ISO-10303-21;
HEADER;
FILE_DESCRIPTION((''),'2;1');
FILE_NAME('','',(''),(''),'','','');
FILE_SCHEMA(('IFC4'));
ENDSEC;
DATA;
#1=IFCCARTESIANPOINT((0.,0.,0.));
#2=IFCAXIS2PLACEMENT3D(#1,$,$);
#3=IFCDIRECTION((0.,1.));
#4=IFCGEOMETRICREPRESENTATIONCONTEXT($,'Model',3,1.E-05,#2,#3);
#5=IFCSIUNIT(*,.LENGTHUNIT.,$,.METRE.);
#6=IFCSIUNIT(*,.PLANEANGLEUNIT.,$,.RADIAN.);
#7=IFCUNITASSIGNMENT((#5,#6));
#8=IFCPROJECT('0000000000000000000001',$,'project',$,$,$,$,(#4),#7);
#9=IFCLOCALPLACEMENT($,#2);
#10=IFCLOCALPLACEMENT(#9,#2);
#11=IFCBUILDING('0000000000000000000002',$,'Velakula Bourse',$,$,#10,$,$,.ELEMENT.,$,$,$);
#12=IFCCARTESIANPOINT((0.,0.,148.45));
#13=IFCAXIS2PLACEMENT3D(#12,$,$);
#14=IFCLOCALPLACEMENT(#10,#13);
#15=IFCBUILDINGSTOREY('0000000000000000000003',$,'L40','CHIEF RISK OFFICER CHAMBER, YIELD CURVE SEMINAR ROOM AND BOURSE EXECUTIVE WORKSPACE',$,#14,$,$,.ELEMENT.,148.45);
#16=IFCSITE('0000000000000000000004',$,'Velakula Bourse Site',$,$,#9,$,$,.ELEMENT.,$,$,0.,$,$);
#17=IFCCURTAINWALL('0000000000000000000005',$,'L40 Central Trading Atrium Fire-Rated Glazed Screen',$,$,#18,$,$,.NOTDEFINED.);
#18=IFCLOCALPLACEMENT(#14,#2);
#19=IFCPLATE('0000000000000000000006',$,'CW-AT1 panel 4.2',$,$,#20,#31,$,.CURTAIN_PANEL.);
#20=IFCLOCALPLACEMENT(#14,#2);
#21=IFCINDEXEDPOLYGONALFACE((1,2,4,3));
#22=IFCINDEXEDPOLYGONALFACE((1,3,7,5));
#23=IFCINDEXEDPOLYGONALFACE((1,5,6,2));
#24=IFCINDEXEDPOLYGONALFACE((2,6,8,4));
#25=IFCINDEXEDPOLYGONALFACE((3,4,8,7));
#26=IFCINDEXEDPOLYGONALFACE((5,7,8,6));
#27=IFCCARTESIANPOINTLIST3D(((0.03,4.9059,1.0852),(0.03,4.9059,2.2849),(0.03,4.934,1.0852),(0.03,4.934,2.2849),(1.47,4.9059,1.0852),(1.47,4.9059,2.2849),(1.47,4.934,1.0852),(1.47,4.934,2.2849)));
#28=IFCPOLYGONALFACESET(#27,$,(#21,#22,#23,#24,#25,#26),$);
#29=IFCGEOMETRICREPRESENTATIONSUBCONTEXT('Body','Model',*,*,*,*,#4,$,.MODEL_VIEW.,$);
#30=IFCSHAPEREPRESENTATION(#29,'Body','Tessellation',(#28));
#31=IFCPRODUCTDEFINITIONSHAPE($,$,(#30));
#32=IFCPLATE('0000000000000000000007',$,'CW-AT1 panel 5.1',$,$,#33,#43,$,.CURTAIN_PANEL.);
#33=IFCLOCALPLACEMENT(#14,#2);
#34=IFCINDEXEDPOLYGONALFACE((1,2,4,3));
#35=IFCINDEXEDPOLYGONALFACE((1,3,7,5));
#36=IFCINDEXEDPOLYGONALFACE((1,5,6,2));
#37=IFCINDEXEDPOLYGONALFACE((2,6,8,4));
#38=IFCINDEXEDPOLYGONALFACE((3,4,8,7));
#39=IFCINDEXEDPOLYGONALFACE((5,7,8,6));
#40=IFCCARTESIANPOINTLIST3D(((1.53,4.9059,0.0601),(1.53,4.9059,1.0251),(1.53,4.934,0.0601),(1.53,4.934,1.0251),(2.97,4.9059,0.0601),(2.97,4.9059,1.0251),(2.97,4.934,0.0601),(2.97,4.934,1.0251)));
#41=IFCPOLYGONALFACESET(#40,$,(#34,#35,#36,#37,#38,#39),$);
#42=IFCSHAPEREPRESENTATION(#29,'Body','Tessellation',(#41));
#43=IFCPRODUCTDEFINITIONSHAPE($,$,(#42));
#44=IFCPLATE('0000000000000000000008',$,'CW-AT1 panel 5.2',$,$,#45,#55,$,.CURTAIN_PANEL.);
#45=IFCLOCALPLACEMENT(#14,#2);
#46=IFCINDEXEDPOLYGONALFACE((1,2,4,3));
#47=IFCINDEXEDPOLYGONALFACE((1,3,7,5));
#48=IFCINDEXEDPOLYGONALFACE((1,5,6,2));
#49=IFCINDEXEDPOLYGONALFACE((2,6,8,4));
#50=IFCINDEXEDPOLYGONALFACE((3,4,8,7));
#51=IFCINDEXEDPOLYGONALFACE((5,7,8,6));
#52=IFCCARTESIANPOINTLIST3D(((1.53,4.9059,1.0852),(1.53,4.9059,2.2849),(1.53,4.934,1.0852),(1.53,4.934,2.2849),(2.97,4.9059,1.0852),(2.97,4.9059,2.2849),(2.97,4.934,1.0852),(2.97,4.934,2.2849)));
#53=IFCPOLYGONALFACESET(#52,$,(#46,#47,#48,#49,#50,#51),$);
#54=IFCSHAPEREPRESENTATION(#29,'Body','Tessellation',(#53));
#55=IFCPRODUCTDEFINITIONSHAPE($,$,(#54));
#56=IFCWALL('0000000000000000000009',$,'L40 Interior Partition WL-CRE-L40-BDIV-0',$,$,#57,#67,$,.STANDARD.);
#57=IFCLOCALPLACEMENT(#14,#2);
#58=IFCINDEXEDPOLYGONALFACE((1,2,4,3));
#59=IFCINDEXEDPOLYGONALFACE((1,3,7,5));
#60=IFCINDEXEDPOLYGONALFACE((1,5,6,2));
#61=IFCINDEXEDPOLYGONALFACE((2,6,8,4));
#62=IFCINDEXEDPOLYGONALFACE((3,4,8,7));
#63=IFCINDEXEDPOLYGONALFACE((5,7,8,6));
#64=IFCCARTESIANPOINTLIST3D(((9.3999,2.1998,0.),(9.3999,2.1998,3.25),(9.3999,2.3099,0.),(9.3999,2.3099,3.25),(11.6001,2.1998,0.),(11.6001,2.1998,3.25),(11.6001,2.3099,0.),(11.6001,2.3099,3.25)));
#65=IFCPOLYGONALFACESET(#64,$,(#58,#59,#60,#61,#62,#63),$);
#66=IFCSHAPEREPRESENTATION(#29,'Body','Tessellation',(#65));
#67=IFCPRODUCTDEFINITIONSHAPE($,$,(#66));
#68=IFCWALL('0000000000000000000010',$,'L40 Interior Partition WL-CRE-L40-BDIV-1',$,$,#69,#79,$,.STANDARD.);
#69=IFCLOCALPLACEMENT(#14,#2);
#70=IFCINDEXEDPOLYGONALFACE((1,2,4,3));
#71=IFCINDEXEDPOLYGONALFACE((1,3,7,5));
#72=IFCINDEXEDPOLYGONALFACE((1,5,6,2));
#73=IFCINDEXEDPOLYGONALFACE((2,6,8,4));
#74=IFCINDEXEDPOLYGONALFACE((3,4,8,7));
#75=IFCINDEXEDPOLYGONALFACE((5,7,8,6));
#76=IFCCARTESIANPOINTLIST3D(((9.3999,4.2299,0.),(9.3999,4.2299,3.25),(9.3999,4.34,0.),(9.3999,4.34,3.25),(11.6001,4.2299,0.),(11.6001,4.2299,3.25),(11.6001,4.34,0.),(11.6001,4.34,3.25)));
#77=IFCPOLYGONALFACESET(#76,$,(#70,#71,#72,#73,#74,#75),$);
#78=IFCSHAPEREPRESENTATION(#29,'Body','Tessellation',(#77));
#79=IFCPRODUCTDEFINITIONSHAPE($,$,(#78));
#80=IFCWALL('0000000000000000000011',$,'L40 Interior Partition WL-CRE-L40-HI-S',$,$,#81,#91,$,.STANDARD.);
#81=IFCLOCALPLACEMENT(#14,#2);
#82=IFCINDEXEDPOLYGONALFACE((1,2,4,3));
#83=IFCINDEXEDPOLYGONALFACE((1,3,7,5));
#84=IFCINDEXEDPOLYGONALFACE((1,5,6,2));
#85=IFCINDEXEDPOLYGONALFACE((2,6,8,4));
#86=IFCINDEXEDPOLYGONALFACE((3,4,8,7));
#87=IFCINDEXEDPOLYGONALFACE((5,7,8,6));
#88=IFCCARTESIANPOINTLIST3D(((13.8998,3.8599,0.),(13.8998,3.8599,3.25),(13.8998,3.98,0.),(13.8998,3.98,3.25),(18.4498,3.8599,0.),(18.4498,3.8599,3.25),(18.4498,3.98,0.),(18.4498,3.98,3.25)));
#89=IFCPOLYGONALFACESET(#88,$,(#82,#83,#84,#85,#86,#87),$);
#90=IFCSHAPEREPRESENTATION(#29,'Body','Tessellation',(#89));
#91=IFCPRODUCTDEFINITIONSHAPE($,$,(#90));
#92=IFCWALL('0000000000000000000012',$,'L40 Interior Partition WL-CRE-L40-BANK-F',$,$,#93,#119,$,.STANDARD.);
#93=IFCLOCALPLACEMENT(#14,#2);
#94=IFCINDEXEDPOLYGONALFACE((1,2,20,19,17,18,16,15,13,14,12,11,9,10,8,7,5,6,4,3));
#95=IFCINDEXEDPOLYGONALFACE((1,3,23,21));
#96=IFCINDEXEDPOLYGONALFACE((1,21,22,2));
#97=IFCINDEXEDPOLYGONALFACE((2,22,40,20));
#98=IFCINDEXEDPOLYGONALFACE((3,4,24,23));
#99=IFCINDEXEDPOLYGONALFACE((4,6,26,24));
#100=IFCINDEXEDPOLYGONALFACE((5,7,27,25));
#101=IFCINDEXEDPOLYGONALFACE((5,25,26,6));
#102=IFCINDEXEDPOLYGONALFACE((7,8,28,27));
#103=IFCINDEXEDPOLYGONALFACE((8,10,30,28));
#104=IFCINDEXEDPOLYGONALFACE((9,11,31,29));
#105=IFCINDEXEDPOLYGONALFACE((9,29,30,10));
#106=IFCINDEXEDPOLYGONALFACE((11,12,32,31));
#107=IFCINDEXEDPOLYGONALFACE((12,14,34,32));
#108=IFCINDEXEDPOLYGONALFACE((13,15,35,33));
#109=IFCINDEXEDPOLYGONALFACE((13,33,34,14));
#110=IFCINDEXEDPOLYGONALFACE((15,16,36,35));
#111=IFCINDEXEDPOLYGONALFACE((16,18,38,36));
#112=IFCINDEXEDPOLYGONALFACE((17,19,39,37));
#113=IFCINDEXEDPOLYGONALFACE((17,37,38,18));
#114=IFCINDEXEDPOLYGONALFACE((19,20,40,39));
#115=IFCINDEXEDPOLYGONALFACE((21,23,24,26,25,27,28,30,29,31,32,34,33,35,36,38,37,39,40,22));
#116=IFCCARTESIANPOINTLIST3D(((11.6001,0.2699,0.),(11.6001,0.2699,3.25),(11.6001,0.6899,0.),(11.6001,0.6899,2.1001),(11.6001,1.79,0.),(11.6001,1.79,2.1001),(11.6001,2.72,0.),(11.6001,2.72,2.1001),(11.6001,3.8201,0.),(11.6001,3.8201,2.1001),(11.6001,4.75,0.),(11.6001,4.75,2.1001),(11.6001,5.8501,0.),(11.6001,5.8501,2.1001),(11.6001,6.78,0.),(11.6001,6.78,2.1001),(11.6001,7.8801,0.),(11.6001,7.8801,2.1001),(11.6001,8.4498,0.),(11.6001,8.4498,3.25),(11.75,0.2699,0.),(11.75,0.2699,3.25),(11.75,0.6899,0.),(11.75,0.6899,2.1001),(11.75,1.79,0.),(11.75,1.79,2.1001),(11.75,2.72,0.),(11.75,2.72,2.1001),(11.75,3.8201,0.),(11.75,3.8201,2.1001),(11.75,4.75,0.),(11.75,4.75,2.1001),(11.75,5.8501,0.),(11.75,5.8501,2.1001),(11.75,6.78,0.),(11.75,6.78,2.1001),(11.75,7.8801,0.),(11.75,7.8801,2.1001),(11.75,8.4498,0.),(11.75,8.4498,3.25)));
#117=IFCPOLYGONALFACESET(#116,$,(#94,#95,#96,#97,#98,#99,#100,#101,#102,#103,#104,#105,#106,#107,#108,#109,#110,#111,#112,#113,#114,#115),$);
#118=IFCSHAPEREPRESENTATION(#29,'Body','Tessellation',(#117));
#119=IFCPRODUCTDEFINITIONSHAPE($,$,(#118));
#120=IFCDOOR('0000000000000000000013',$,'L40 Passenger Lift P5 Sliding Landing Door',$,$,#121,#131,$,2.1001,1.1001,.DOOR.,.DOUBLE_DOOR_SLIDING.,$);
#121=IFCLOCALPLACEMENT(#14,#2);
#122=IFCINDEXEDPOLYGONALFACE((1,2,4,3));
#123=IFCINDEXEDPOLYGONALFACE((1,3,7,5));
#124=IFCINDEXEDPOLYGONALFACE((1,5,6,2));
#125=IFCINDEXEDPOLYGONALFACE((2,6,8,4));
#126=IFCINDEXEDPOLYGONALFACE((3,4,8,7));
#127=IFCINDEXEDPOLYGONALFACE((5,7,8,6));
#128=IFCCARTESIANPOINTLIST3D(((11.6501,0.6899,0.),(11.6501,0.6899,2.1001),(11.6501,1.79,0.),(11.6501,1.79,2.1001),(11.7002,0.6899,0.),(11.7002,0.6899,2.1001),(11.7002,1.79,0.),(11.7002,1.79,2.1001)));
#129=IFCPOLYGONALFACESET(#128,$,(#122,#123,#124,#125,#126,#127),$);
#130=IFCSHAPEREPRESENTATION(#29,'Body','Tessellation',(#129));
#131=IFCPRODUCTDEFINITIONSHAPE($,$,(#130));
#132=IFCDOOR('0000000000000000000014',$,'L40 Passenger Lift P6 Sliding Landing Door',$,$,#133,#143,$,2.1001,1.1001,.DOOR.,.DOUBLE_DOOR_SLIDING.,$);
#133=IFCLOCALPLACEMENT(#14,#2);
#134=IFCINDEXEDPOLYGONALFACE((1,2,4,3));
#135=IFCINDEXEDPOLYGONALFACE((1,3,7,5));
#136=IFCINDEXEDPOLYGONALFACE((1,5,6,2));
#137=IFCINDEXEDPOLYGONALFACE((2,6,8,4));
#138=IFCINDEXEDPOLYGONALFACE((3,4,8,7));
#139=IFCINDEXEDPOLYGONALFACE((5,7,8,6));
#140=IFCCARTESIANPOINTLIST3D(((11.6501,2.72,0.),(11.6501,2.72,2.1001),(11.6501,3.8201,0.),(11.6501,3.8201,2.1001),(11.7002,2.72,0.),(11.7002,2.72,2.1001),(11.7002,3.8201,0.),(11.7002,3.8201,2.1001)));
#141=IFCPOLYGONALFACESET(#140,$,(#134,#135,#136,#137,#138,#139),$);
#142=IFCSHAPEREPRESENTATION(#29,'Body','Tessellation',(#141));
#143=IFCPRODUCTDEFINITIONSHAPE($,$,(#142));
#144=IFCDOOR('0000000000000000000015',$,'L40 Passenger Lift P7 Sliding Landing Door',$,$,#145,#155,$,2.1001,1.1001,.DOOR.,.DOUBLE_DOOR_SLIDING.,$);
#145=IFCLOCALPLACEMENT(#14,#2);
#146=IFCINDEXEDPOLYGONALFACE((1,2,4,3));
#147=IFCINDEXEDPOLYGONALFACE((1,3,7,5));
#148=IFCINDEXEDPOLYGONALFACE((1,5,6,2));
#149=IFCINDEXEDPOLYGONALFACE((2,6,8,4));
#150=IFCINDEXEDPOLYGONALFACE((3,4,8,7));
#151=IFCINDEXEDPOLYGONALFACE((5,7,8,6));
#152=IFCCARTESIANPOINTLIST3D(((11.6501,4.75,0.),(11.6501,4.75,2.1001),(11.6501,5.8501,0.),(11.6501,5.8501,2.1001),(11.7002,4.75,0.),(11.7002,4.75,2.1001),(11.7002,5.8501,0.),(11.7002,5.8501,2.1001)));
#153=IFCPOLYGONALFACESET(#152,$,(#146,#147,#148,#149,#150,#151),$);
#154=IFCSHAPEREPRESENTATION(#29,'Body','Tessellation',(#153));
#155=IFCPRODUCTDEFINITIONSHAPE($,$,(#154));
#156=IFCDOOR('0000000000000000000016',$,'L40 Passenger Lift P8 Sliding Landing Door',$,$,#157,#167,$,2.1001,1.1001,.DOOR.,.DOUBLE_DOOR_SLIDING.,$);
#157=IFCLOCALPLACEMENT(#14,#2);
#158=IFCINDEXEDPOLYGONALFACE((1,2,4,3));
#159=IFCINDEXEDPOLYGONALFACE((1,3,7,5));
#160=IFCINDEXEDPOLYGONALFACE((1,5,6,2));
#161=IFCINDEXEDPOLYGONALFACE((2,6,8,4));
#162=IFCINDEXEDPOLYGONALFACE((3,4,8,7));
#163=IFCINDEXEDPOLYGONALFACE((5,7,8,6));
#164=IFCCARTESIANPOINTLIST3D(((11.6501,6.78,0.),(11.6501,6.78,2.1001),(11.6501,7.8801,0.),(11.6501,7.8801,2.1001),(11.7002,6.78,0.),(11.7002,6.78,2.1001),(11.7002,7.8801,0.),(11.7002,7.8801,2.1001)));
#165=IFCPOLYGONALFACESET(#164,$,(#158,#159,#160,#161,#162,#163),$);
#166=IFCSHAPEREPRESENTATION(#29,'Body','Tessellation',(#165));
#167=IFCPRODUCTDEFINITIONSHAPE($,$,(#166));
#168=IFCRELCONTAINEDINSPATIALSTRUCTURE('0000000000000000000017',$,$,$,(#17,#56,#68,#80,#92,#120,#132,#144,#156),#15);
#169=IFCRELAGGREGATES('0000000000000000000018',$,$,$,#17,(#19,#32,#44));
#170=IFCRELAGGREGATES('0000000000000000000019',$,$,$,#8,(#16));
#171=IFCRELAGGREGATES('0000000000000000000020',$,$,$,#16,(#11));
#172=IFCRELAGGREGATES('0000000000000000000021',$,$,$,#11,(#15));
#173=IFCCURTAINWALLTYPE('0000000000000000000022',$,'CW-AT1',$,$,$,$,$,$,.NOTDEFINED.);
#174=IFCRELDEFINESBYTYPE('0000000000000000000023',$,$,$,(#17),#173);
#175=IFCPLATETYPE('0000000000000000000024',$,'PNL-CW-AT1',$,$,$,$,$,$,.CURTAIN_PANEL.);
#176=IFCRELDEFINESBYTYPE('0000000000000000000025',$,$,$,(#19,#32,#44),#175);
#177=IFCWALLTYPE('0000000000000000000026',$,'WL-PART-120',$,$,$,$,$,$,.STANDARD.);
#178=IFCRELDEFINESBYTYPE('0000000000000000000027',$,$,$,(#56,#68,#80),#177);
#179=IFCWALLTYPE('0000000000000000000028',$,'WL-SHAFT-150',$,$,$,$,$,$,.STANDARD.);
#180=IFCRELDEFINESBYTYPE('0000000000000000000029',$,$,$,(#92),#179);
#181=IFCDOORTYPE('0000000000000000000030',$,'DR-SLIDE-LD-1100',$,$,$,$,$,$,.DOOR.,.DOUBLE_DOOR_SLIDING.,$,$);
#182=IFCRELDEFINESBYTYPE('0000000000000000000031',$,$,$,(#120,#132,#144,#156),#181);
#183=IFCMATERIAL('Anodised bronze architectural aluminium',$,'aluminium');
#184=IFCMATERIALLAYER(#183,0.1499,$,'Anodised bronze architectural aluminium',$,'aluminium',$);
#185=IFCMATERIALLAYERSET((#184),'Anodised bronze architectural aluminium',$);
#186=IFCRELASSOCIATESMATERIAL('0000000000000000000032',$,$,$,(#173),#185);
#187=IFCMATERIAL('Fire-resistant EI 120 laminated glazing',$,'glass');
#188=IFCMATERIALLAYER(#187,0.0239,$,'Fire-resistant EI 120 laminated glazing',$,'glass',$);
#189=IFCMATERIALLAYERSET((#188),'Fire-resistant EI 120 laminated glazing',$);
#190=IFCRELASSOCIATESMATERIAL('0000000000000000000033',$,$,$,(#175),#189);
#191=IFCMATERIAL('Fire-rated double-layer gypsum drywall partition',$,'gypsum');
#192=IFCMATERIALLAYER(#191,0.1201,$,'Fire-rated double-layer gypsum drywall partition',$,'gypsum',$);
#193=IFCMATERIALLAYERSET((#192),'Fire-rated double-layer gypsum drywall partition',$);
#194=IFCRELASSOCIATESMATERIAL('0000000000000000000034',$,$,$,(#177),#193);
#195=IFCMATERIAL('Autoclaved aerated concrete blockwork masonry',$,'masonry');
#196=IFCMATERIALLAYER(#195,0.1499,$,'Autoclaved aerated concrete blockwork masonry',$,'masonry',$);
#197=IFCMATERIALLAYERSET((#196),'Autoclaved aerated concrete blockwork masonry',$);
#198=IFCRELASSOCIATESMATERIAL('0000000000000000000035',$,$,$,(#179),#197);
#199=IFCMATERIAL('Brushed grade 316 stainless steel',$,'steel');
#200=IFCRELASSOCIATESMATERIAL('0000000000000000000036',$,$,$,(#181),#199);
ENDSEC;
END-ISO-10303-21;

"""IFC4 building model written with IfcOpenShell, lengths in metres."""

from ifc_helpers import new_model, si_unit, direction, frame, frame_2d, origin, origin_2d, place, context, subcontext, project, spatial, rectangle, extrude, material, layer, layer_set, type_object, element, fill, aggregate, save


model = new_model("IFC4")

# Units and contexts
model_context = context("Model", 3, precision=1e-05, world=origin(), true_north=direction((0.0, 1.0)))
body_context = subcontext(model_context, "Body", "Model", "MODEL_VIEW")
ifc_project = project(units=[si_unit("LENGTHUNIT", "METRE"), si_unit("PLANEANGLEUNIT", "RADIAN")], contexts=[model_context])

# Site, building, storey
site_placement = place(None, origin())
site = spatial("IfcSite", under=ifc_project, at=site_placement, Name="Velakula Bourse Site", CompositionType="ELEMENT", RefElevation=0.0)
building_placement = place(site_placement, origin())
building = spatial("IfcBuilding", under=site, at=building_placement, Name="Velakula Bourse", CompositionType="ELEMENT")
storey_placement = place(building_placement, frame((0.0, 0.0, 148.45)))
storey = spatial("IfcBuildingStorey", under=building, at=storey_placement, Name="L40", Description="CHIEF RISK OFFICER CHAMBER, YIELD CURVE SEMINAR ROOM AND BOURSE EXECUTIVE WORKSPACE", CompositionType="ELEMENT", Elevation=148.45)

# Curtain wall, plates
ifc_material_1 = material(Name="Anodised bronze architectural aluminium", Category="aluminium")
ifc_layer_1 = layer(ifc_material_1, 0.1499, Name="Anodised bronze architectural aluminium", Category="aluminium")
ifc_layer_set_1 = layer_set([ifc_layer_1], Name="Anodised bronze architectural aluminium")
curtain_wall_type = type_object("IfcCurtainWallType", Name="CW-AT1", PredefinedType="NOTDEFINED", material=ifc_layer_set_1)
curtain_wall_placement = place(storey_placement, origin())
curtain_wall = element("IfcCurtainWall", 1, at=curtain_wall_placement, inside=storey, type_object=curtain_wall_type, Name="L40 Central Trading Atrium Fire-Rated Glazed Screen", PredefinedType="NOTDEFINED")
ifc_material_2 = material(Name="Fire-resistant EI 120 laminated glazing", Category="glass")
ifc_layer_2 = layer(ifc_material_2, 0.0239, Name="Fire-resistant EI 120 laminated glazing", Category="glass")
ifc_layer_set_2 = layer_set([ifc_layer_2], Name="Fire-resistant EI 120 laminated glazing")
plate_type = type_object("IfcPlateType", Name="PNL-CW-AT1", PredefinedType="CURTAIN_PANEL", material=ifc_layer_set_2)
plate_1_placement = place(storey_placement, frame((0.75, 4.9199, 1.0852), z_axis=(0.0, 0.0, 1.0), x_axis=(1.0, 0.0, 0.0)))
plate_1 = element("IfcPlate", 2, at=plate_1_placement, type_object=plate_type, Name="CW-AT1 panel 4.2", PredefinedType="CURTAIN_PANEL", context=body_context, shape_type="SweptSolid", body=[
    extrude(rectangle(XDim=1.4399, YDim=0.0281, at=origin_2d()), origin(), (0.0, 0.0, 1.0), 1.1997),
])
plate_2_placement = place(storey_placement, frame((2.25, 4.9199, 0.0601), z_axis=(0.0, 0.0, 1.0), x_axis=(1.0, 0.0, 0.0)))
plate_2 = element("IfcPlate", 3, at=plate_2_placement, type_object=plate_type, Name="CW-AT1 panel 5.1", PredefinedType="CURTAIN_PANEL", context=body_context, shape_type="SweptSolid", body=[
    extrude(rectangle(XDim=1.4399, YDim=0.0281, at=origin_2d()), origin(), (0.0, 0.0, 1.0), 0.9651),
])
plate_3_placement = place(storey_placement, frame((2.25, 4.9199, 1.0852), z_axis=(0.0, 0.0, 1.0), x_axis=(1.0, 0.0, 0.0)))
plate_3 = element("IfcPlate", 4, at=plate_3_placement, type_object=plate_type, Name="CW-AT1 panel 5.2", PredefinedType="CURTAIN_PANEL", context=body_context, shape_type="SweptSolid", body=[
    extrude(rectangle(XDim=1.4399, YDim=0.0281, at=origin_2d()), origin(), (0.0, 0.0, 1.0), 1.1997),
])
aggregate(curtain_wall, [plate_1, plate_2, plate_3])

# Walls
ifc_material_3 = material(Name="Fire-rated double-layer gypsum drywall partition", Category="gypsum")
ifc_layer_3 = layer(ifc_material_3, 0.1201, Name="Fire-rated double-layer gypsum drywall partition", Category="gypsum")
ifc_layer_set_3 = layer_set([ifc_layer_3], Name="Fire-rated double-layer gypsum drywall partition")
wall_type_1 = type_object("IfcWallType", Name="WL-PART-120", PredefinedType="STANDARD", material=ifc_layer_set_3)
for number, where, z_axis, x_axis, name in (
    (5, (9.3999, 2.2549, 0.0), (0.0, 0.0, 1.0), (1.0, 0.0, 0.0), "L40 Interior Partition WL-CRE-L40-BDIV-0"),
    (6, (9.3999, 4.2849, 0.0), (0.0, 0.0, 1.0), (1.0, 0.0, 0.0), "L40 Interior Partition WL-CRE-L40-BDIV-1"),
):
    element("IfcWall", number, at=place(storey_placement, frame(where, z_axis=z_axis, x_axis=x_axis)), inside=storey, type_object=wall_type_1, Name=name, PredefinedType="STANDARD", context=body_context, shape_type="SweptSolid", body=[
        extrude(rectangle(XDim=2.2002, YDim=0.1101, at=frame_2d((1.1001, 0.0))), origin(), (0.0, 0.0, 1.0), 3.25),
    ])
wall_1_placement = place(storey_placement, frame((13.8999, 3.9199, 0.0), z_axis=(0.0, 0.0, 1.0), x_axis=(1.0, 0.0, 0.0)))
element("IfcWall", 7, at=wall_1_placement, inside=storey, type_object=wall_type_1, Name="L40 Interior Partition WL-CRE-L40-HI-S", PredefinedType="STANDARD", context=body_context, shape_type="SweptSolid", body=[
    extrude(rectangle(XDim=4.55, YDim=0.1201, at=frame_2d((2.2749, 0.0))), origin(), (0.0, 0.0, 1.0), 3.25),
])

# Wall, openings, doors
ifc_material_4 = material(Name="Autoclaved aerated concrete blockwork masonry", Category="masonry")
ifc_layer_4 = layer(ifc_material_4, 0.1499, Name="Autoclaved aerated concrete blockwork masonry", Category="masonry")
ifc_layer_set_4 = layer_set([ifc_layer_4], Name="Autoclaved aerated concrete blockwork masonry")
wall_type_2 = type_object("IfcWallType", Name="WL-SHAFT-150", PredefinedType="STANDARD", material=ifc_layer_set_4)
wall_2_placement = place(storey_placement, frame((11.675, 0.27, 0.0), z_axis=(0.0, 0.0, 1.0), x_axis=(0.0, 1.0, 0.0)))
wall_2 = element("IfcWall", 8, at=wall_2_placement, inside=storey, type_object=wall_type_2, Name="L40 Interior Partition WL-CRE-L40-BANK-F", PredefinedType="STANDARD", context=body_context, shape_type="SweptSolid", body=[
    extrude(rectangle(XDim=8.1799, YDim=0.1499, at=frame_2d((4.0898, 0.0))), origin(), (0.0, 0.0, 1.0), 3.25),
])
opening_1_placement = place(wall_2_placement, frame((0.4199, 0.0, 0.0)))
opening_1 = element("IfcOpeningElement", 9, at=opening_1_placement, cuts=wall_2, PredefinedType="OPENING", context=body_context, shape_type="SweptSolid", body=[
    extrude(rectangle(XDim=1.1001, YDim=2.1001, at=frame_2d((0.55, 1.05))), frame((0.0, 0.085, 0.0), z_axis=(0.0, -1.0, 0.0), x_axis=(1.0, 0.0, 0.0)), (0.0, 0.0, 1.0), 0.1699),
])
opening_2_placement = place(wall_2_placement, frame((2.45, 0.0, 0.0)))
opening_2 = element("IfcOpeningElement", 10, at=opening_2_placement, cuts=wall_2, PredefinedType="OPENING", context=body_context, shape_type="SweptSolid", body=[
    extrude(rectangle(XDim=1.1001, YDim=2.1001, at=frame_2d((0.55, 1.05))), frame((0.0, 0.085, 0.0), z_axis=(0.0, -1.0, 0.0), x_axis=(1.0, 0.0, 0.0)), (0.0, 0.0, 1.0), 0.1699),
])
opening_3_placement = place(wall_2_placement, frame((4.48, 0.0, 0.0)))
opening_3 = element("IfcOpeningElement", 11, at=opening_3_placement, cuts=wall_2, PredefinedType="OPENING", context=body_context, shape_type="SweptSolid", body=[
    extrude(rectangle(XDim=1.1001, YDim=2.1001, at=frame_2d((0.55, 1.05))), frame((0.0, 0.085, 0.0), z_axis=(0.0, -1.0, 0.0), x_axis=(1.0, 0.0, 0.0)), (0.0, 0.0, 1.0), 0.1699),
])
opening_4_placement = place(wall_2_placement, frame((6.51, 0.0, 0.0)))
opening_4 = element("IfcOpeningElement", 12, at=opening_4_placement, cuts=wall_2, PredefinedType="OPENING", context=body_context, shape_type="SweptSolid", body=[
    extrude(rectangle(XDim=1.1001, YDim=2.1001, at=frame_2d((0.55, 1.05))), frame((0.0, 0.085, 0.0), z_axis=(0.0, -1.0, 0.0), x_axis=(1.0, 0.0, 0.0)), (0.0, 0.0, 1.0), 0.1699),
])
ifc_material_5 = material(Name="Brushed grade 316 stainless steel", Category="steel")
door_type_1 = type_object("IfcDoorType", Name="DR-SLIDE-LD-1100", OperationType="DOUBLE_DOOR_SLIDING", PredefinedType="DOOR", material=ifc_material_5)
door_1_placement = place(opening_1_placement, origin())
door_1 = element("IfcDoor", 13, at=door_1_placement, inside=storey, type_object=door_type_1, Name="L40 Passenger Lift P5 Sliding Landing Door", OperationType="DOUBLE_DOOR_SLIDING", OverallHeight=2.1001, OverallWidth=1.1001, PredefinedType="DOOR", context=body_context, shape_type="SweptSolid", body=[
    extrude(rectangle(XDim=1.1001, YDim=2.1001, at=frame_2d((0.55, 1.05))), frame((0.0, 0.0249, 0.0), z_axis=(0.0, -1.0, 0.0), x_axis=(1.0, 0.0, 0.0)), (0.0, 0.0, 1.0), 0.05),
])
fill(opening_1, door_1)
door_2_placement = place(opening_2_placement, origin())
door_2 = element("IfcDoor", 14, at=door_2_placement, inside=storey, type_object=door_type_1, Name="L40 Passenger Lift P6 Sliding Landing Door", OperationType="DOUBLE_DOOR_SLIDING", OverallHeight=2.1001, OverallWidth=1.1001, PredefinedType="DOOR", context=body_context, shape_type="SweptSolid", body=[
    extrude(rectangle(XDim=1.1001, YDim=2.1001, at=frame_2d((0.55, 1.05))), frame((0.0, 0.0249, 0.0), z_axis=(0.0, -1.0, 0.0), x_axis=(1.0, 0.0, 0.0)), (0.0, 0.0, 1.0), 0.05),
])
fill(opening_2, door_2)
door_3_placement = place(opening_3_placement, origin())
door_3 = element("IfcDoor", 15, at=door_3_placement, inside=storey, type_object=door_type_1, Name="L40 Passenger Lift P7 Sliding Landing Door", OperationType="DOUBLE_DOOR_SLIDING", OverallHeight=2.1001, OverallWidth=1.1001, PredefinedType="DOOR", context=body_context, shape_type="SweptSolid", body=[
    extrude(rectangle(XDim=1.1001, YDim=2.1001, at=frame_2d((0.55, 1.05))), frame((0.0, 0.0249, 0.0), z_axis=(0.0, -1.0, 0.0), x_axis=(1.0, 0.0, 0.0)), (0.0, 0.0, 1.0), 0.05),
])
fill(opening_3, door_3)
door_4_placement = place(opening_4_placement, origin())
door_4 = element("IfcDoor", 16, at=door_4_placement, inside=storey, type_object=door_type_1, Name="L40 Passenger Lift P8 Sliding Landing Door", OperationType="DOUBLE_DOOR_SLIDING", OverallHeight=2.1001, OverallWidth=1.1001, PredefinedType="DOOR", context=body_context, shape_type="SweptSolid", body=[
    extrude(rectangle(XDim=1.1001, YDim=2.1001, at=frame_2d((0.55, 1.05))), frame((0.0, 0.0249, 0.0), z_axis=(0.0, -1.0, 0.0), x_axis=(1.0, 0.0, 0.0)), (0.0, 0.0, 1.0), 0.05),
])
fill(opening_4, door_4)

save(model, "model.ifc")
